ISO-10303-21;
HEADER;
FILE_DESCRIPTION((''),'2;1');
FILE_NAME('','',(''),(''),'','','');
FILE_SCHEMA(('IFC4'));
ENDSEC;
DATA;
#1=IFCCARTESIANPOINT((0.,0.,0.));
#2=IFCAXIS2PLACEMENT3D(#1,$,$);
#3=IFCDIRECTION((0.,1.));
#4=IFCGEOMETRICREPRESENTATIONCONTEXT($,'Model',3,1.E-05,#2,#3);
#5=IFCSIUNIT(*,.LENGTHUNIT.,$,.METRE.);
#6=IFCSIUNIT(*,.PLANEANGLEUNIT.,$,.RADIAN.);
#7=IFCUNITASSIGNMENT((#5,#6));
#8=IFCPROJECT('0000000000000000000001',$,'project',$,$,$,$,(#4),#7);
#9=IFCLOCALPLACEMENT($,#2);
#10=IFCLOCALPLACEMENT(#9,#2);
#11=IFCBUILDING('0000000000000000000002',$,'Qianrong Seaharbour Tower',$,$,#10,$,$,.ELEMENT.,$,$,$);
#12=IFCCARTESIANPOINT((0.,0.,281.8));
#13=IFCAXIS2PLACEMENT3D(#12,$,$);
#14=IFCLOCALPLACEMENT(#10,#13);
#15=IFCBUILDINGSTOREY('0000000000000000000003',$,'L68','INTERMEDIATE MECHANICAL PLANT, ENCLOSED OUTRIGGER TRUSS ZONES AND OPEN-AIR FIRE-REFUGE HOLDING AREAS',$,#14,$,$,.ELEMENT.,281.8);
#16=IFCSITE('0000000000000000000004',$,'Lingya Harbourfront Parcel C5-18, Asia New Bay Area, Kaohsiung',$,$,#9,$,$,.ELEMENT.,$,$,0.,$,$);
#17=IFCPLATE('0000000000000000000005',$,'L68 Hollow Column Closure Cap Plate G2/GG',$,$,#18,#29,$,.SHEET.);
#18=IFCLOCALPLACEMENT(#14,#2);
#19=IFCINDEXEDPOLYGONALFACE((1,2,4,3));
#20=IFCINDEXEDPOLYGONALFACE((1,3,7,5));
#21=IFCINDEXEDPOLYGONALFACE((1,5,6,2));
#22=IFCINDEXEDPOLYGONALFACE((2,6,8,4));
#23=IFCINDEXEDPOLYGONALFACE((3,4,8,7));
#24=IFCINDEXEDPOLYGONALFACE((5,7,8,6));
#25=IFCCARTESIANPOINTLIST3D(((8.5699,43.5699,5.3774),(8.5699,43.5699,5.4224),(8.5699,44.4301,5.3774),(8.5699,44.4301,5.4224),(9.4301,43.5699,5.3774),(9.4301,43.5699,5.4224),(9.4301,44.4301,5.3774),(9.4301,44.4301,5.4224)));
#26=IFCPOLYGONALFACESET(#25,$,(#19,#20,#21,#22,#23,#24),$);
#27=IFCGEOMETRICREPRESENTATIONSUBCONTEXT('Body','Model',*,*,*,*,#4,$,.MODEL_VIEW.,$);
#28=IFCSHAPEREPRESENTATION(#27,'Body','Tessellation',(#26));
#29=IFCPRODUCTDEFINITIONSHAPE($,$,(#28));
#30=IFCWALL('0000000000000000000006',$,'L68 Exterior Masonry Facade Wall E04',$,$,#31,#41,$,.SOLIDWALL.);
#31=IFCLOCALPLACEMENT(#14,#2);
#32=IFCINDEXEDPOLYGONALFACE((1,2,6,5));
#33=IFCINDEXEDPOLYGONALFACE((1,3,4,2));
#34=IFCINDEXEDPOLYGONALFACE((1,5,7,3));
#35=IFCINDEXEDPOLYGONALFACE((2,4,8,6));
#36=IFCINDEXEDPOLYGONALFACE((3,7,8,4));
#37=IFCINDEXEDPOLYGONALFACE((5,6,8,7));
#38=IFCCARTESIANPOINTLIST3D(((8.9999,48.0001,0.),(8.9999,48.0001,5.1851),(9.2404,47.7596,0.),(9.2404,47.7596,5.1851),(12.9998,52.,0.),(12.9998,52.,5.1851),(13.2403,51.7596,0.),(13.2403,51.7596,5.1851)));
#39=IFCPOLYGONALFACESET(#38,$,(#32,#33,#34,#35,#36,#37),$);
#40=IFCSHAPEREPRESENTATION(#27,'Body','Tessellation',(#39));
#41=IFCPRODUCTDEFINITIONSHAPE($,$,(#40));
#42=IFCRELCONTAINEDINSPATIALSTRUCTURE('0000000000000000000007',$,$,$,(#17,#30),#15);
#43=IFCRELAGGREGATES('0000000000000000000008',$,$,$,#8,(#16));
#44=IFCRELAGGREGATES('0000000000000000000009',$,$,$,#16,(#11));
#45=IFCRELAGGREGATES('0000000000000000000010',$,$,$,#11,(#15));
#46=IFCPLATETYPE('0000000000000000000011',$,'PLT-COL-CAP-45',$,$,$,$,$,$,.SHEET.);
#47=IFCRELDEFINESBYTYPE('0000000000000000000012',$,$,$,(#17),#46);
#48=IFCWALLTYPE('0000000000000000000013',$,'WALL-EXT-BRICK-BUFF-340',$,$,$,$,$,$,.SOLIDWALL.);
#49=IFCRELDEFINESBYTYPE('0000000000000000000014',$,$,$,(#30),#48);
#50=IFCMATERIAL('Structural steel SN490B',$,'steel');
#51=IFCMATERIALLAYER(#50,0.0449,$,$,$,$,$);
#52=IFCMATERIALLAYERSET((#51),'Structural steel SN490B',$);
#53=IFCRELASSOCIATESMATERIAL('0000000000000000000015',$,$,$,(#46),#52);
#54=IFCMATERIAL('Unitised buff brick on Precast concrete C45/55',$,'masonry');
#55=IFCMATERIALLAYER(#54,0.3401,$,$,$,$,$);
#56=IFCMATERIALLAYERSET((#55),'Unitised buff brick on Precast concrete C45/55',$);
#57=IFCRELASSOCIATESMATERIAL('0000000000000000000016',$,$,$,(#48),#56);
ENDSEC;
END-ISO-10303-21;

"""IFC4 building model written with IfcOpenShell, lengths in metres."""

from ifc_helpers import new_model, si_unit, direction, frame, frame_2d, origin, origin_2d, place, context, subcontext, project, spatial, rectangle, extrude, material, layer, layer_set, type_object, element, save


model = new_model("IFC4")

# Units and contexts
model_context = context("Model", 3, precision=1e-05, world=origin(), true_north=direction((0.0, 1.0)))
body_context = subcontext(model_context, "Body", "Model", "MODEL_VIEW")
ifc_project = project(units=[si_unit("LENGTHUNIT", "METRE"), si_unit("PLANEANGLEUNIT", "RADIAN")], contexts=[model_context])

# Site, building, storey
site_placement = place(None, origin())
site = spatial("IfcSite", under=ifc_project, at=site_placement, Name="Lingya Harbourfront Parcel C5-18, Asia New Bay Area, Kaohsiung", CompositionType="ELEMENT", RefElevation=0.0)
building_placement = place(site_placement, origin())
building = spatial("IfcBuilding", under=site, at=building_placement, Name="Qianrong Seaharbour Tower", CompositionType="ELEMENT")
storey_placement = place(building_placement, frame((0.0, 0.0, 281.8)))
storey = spatial("IfcBuildingStorey", under=building, at=storey_placement, Name="L68", Description="INTERMEDIATE MECHANICAL PLANT, ENCLOSED OUTRIGGER TRUSS ZONES AND OPEN-AIR FIRE-REFUGE HOLDING AREAS", CompositionType="ELEMENT", Elevation=281.8)

# Shared definitions
ifc_material_1 = material(Name="Structural steel SN490B", Category="steel")

# Plate
ifc_layer_1 = layer(ifc_material_1, 0.0449)
ifc_layer_set_1 = layer_set([ifc_layer_1], Name="Structural steel SN490B")
plate_type_1 = type_object("IfcPlateType", Name="PLT-COL-CAP-45", PredefinedType="SHEET", material=ifc_layer_set_1)
plate_1_placement = place(storey_placement, frame((9.0, 44.0, 5.3774), z_axis=(0.0, 0.0, 1.0), x_axis=(1.0, 0.0, 0.0)))
element("IfcPlate", 1, at=plate_1_placement, inside=storey, type_object=plate_type_1, Name="L68 Hollow Column Closure Cap Plate G2/GG", PredefinedType="SHEET", context=body_context, shape_type="SweptSolid", body=[
    extrude(rectangle(XDim=0.8601, YDim=0.8601, at=origin_2d()), origin(), (0.0, 0.0, 1.0), 0.0449),
])

# Wall
ifc_material_2 = material(Name="Unitised buff brick on Precast concrete C45/55", Category="masonry")
ifc_layer_2 = layer(ifc_material_2, 0.3401)
ifc_layer_set_2 = layer_set([ifc_layer_2], Name="Unitised buff brick on Precast concrete C45/55")
wall_type = type_object("IfcWallType", Name="WALL-EXT-BRICK-BUFF-340", PredefinedType="SOLIDWALL", material=ifc_layer_set_2)
wall_placement = place(storey_placement, frame((9.1201, 47.8799, 0.0), z_axis=(0.0, 0.0, 1.0), x_axis=(0.707107, 0.707107, 0.0)))
element("IfcWall", 2, at=wall_placement, inside=storey, type_object=wall_type, Name="L68 Exterior Masonry Facade Wall E04", PredefinedType="SOLIDWALL", context=body_context, shape_type="SweptSolid", body=[
    extrude(rectangle(XDim=5.6567, YDim=0.3401, at=frame_2d((2.8284, 0.0))), origin(), (0.0, 0.0, 1.0), 5.1851),
])

save(model, "model.ifc")
